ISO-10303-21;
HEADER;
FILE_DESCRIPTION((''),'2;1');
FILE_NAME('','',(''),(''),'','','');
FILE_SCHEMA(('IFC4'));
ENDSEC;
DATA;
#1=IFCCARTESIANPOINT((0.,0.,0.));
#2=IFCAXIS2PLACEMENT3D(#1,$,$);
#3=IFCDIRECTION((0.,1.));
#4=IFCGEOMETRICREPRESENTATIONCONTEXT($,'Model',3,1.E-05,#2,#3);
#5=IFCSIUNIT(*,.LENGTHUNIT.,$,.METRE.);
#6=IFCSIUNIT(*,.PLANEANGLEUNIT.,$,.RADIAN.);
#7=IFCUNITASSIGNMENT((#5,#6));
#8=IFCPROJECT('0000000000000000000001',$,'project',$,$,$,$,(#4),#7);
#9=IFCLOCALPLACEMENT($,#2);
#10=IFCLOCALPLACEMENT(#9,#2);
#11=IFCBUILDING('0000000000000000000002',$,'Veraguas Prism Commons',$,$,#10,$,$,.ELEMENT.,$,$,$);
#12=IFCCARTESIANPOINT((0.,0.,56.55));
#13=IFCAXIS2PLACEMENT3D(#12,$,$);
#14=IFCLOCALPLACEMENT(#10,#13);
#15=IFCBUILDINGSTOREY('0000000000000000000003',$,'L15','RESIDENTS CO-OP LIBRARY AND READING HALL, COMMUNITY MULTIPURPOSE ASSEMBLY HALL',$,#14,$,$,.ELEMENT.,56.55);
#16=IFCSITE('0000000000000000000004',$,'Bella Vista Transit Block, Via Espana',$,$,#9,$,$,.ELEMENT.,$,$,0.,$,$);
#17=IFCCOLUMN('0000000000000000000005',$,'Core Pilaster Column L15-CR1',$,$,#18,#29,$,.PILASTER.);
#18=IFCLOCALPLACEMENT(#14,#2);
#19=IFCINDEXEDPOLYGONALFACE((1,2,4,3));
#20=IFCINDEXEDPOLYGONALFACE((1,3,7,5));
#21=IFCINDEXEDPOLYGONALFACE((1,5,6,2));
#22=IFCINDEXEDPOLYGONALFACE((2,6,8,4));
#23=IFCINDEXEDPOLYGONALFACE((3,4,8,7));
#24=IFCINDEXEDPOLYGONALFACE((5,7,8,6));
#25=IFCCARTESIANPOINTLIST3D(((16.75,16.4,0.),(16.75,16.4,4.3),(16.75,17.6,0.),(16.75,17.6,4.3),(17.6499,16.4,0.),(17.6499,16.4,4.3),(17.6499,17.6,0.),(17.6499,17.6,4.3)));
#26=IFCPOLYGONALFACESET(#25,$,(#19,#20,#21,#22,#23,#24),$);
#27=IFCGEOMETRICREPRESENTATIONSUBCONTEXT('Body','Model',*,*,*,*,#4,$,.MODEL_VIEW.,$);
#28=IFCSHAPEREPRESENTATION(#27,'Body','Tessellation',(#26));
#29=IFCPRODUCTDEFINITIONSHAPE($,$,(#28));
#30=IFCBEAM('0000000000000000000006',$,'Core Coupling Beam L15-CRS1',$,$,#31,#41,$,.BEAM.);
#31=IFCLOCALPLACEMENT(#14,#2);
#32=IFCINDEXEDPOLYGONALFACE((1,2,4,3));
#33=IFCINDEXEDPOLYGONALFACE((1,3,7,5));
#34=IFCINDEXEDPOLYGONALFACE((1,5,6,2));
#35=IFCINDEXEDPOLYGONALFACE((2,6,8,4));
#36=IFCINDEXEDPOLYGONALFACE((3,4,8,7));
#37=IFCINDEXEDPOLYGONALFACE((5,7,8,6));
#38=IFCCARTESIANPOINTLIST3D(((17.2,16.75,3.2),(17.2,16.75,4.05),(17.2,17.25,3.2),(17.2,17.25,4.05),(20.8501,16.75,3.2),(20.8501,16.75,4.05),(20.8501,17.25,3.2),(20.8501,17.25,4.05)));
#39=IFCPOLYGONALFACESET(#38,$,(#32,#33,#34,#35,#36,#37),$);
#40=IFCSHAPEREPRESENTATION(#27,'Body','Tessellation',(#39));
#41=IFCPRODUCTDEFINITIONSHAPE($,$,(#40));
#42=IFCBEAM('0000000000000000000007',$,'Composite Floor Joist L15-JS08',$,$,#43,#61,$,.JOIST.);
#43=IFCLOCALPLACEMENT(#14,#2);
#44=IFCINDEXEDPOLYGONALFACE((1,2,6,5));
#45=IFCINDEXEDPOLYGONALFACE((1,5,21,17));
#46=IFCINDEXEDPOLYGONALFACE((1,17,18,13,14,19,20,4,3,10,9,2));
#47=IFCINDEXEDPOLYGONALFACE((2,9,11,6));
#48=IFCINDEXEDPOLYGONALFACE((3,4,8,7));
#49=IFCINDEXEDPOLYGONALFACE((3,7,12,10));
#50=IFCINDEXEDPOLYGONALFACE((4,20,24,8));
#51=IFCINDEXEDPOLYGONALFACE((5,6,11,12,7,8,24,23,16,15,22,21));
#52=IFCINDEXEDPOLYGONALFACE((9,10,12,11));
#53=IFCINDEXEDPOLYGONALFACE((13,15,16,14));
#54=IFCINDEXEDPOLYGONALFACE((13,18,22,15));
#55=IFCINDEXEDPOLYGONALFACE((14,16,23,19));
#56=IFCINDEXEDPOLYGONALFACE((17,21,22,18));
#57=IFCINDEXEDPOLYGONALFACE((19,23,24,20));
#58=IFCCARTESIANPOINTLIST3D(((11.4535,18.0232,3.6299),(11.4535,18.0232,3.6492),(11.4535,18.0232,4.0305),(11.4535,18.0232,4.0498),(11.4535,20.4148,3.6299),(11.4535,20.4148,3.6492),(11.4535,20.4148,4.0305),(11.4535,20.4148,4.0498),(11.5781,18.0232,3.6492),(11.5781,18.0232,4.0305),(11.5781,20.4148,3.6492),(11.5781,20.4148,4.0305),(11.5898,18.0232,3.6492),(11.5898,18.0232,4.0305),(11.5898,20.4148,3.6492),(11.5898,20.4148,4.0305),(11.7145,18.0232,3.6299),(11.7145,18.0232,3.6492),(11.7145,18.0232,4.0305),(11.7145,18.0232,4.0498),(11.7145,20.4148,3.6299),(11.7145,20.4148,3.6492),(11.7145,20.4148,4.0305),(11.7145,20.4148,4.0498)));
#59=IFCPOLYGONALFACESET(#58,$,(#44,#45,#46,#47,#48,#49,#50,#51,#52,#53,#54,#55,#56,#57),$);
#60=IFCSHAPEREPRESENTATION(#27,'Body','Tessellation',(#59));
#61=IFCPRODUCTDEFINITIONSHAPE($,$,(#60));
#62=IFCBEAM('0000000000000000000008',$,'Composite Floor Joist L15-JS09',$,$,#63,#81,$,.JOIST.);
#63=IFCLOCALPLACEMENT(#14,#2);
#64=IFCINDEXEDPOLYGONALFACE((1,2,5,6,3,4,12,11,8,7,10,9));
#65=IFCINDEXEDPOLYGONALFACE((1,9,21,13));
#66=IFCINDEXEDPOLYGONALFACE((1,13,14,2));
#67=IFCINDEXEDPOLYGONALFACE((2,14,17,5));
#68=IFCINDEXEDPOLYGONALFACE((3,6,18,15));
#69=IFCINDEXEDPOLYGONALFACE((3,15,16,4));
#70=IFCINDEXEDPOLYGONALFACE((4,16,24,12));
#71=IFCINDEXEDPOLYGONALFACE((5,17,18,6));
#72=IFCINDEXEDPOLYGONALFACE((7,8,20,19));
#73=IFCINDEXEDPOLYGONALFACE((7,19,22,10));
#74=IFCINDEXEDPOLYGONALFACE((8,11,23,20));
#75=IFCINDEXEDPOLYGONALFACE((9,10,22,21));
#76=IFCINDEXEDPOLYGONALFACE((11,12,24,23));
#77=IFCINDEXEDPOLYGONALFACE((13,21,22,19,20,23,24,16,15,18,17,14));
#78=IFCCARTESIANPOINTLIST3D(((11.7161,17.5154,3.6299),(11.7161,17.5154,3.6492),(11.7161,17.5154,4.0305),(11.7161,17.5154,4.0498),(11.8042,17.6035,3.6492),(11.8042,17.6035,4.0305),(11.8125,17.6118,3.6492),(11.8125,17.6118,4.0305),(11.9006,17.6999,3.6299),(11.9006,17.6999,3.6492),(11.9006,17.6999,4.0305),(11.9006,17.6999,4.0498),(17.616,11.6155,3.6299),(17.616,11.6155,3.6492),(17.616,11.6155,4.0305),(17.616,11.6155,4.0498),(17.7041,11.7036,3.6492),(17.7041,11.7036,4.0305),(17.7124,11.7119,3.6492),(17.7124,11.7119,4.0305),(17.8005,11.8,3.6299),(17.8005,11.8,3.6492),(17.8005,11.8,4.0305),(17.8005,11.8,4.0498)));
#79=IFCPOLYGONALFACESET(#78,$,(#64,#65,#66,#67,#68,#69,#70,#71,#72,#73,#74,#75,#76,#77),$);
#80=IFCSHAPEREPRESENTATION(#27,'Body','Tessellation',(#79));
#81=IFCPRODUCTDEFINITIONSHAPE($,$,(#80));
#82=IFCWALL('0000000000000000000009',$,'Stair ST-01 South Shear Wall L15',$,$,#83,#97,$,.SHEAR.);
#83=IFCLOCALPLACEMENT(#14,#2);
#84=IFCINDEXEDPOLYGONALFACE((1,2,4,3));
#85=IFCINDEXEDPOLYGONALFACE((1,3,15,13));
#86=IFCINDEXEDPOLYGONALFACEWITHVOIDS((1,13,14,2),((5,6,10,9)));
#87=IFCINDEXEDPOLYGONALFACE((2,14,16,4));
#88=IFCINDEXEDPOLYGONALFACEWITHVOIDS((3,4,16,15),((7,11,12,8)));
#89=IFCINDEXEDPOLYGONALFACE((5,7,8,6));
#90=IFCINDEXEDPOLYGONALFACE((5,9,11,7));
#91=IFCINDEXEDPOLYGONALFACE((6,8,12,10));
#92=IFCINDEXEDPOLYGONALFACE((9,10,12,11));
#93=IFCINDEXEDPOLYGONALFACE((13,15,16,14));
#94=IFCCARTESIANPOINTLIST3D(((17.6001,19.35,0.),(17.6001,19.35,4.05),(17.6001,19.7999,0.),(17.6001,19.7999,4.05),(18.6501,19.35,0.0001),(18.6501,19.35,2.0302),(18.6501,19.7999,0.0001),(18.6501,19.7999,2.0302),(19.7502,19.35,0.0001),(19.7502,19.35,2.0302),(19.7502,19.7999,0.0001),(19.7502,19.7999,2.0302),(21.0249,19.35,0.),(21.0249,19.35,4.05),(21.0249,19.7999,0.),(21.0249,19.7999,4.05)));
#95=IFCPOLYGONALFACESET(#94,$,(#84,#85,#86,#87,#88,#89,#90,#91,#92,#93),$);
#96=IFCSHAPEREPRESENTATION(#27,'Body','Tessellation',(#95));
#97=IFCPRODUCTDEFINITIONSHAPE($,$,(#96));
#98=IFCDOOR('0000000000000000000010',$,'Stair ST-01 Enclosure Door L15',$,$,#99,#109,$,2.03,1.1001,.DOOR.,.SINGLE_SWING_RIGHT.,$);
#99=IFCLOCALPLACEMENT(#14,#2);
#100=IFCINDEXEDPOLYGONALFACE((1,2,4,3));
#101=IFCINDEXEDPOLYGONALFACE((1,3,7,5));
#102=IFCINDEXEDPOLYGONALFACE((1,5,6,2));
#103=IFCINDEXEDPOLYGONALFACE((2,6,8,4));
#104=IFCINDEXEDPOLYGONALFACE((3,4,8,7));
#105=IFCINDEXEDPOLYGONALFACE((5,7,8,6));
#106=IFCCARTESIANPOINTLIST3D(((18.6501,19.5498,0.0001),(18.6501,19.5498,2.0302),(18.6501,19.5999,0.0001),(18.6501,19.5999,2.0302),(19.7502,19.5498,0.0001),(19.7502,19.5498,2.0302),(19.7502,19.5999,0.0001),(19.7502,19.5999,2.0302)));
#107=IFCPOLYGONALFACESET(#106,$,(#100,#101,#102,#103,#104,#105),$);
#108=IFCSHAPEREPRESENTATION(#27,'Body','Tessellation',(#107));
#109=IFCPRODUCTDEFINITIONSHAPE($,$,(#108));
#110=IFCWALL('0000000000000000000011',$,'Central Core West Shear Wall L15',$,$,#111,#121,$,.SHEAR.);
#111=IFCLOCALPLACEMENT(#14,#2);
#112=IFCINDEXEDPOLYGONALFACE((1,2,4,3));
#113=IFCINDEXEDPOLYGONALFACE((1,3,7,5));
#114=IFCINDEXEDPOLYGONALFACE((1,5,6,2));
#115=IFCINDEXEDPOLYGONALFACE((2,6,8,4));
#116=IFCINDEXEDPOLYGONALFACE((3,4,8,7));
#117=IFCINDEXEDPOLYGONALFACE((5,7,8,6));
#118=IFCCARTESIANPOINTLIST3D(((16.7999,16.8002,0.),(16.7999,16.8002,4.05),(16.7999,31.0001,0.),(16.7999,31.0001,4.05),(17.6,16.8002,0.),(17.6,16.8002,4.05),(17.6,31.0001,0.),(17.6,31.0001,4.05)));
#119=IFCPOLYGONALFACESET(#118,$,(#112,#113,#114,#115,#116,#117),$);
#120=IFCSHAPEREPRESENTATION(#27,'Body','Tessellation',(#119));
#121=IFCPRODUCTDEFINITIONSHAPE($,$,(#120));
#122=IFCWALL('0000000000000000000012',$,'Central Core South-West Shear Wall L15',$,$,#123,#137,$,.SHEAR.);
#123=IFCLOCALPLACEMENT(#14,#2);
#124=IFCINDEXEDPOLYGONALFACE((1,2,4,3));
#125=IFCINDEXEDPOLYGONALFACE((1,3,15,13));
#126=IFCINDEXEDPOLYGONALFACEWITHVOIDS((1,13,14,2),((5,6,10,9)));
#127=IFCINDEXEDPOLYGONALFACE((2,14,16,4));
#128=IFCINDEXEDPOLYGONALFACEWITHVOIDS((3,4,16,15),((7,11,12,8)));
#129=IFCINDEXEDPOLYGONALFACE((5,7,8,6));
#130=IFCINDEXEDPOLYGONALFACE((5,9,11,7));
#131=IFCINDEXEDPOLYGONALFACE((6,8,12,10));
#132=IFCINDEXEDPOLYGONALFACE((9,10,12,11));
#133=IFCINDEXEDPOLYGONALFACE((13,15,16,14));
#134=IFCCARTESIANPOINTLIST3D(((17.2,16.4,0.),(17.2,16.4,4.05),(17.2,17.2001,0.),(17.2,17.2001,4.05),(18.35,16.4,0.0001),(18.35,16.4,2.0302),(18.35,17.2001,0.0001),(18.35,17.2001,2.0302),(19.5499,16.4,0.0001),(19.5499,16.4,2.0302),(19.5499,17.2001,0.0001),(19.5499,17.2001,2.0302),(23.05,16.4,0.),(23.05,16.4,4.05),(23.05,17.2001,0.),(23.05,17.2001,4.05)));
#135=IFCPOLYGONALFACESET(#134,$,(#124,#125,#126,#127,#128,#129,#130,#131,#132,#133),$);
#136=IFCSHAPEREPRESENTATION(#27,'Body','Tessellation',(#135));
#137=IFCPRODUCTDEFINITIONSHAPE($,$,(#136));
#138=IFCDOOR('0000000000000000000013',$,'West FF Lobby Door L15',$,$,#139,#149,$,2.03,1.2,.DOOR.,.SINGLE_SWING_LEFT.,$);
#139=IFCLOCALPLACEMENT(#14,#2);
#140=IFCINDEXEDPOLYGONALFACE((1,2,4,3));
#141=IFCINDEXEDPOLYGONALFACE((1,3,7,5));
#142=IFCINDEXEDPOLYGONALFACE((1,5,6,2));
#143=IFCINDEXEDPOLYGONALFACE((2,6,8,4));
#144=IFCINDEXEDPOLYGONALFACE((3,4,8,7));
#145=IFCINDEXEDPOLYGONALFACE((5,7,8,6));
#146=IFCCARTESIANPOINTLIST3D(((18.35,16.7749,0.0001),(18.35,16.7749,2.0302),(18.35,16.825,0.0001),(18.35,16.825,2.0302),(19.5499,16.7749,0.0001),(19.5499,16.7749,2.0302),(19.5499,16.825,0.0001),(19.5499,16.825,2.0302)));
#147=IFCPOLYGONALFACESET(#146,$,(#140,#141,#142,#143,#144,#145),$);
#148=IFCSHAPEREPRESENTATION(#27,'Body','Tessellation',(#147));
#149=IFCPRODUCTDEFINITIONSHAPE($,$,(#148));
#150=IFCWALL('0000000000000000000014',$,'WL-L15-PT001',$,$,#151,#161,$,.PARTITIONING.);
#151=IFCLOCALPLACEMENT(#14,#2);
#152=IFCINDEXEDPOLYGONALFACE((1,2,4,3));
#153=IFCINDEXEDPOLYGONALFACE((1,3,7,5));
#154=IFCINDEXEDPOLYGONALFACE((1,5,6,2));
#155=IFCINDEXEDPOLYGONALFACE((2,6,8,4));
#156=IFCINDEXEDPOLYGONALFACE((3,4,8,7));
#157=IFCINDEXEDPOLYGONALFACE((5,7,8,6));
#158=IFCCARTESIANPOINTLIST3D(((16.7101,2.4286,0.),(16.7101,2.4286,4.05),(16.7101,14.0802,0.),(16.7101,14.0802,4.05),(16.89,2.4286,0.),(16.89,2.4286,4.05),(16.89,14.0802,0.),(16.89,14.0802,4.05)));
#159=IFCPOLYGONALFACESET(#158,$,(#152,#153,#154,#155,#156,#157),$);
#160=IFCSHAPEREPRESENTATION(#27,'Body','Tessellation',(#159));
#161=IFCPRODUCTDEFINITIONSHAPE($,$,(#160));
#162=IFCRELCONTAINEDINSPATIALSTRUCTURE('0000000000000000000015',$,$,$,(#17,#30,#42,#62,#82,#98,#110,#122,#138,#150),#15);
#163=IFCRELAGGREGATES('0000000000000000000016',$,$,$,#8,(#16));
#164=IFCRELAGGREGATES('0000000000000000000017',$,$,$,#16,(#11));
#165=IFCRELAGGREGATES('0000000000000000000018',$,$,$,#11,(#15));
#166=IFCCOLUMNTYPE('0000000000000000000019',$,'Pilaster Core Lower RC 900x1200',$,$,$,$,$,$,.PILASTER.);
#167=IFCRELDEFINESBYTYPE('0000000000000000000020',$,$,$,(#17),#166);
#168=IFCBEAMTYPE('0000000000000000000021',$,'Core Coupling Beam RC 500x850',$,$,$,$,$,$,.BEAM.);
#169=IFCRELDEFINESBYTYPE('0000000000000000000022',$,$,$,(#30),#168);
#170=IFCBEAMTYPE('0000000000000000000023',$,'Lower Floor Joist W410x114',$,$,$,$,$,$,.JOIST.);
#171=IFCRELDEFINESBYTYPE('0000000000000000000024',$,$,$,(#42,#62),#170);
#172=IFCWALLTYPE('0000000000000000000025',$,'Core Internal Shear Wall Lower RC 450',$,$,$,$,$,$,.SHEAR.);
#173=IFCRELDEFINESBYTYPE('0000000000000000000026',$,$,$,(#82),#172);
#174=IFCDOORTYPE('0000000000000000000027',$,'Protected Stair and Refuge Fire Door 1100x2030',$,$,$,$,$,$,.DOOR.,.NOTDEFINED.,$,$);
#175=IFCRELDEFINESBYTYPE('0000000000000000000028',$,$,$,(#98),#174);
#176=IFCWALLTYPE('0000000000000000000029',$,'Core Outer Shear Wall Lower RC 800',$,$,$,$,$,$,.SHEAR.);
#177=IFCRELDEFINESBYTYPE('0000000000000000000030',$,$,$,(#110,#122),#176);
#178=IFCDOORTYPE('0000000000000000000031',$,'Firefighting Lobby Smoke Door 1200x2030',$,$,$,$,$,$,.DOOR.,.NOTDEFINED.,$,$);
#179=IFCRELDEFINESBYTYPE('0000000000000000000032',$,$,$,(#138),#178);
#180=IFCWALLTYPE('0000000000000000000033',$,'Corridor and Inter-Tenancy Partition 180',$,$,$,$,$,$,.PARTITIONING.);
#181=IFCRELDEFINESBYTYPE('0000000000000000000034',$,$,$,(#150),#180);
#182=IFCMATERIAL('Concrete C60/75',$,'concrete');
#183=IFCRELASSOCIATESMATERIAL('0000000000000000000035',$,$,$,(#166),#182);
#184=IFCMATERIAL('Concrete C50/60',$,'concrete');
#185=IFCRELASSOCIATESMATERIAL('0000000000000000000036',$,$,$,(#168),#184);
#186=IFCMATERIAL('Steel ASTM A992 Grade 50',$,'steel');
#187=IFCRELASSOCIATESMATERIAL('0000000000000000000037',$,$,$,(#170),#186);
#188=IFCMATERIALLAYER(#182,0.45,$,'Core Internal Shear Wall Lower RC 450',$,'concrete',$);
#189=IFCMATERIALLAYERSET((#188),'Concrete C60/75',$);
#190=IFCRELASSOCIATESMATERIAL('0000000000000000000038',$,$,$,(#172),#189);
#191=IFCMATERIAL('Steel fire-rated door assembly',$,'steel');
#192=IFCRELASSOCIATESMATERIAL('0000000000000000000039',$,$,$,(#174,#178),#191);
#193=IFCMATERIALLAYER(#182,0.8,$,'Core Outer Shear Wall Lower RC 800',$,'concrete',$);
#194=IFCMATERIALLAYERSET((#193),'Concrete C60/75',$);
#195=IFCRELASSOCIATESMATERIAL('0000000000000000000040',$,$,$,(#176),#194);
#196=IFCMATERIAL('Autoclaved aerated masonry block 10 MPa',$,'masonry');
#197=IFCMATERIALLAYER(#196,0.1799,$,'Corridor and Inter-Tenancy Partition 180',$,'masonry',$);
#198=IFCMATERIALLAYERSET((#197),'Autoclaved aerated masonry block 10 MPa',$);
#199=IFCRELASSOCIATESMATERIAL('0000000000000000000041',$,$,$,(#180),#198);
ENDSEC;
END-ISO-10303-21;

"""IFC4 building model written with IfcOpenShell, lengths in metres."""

from ifc_helpers import new_model, si_unit, direction, frame, frame_2d, origin, origin_2d, place, context, subcontext, project, spatial, rectangle, i_section, extrude, source, transform, mapped, material, layer, layer_set, material_profile, profile_set, type_object, element, fill, save


model = new_model("IFC4")

# Units and contexts
model_context = context("Model", 3, precision=1e-05, world=origin(), true_north=direction((0.0, 1.0)))
body_context = subcontext(model_context, "Body", "Model", "MODEL_VIEW")
ifc_project = project(units=[si_unit("LENGTHUNIT", "METRE"), si_unit("PLANEANGLEUNIT", "RADIAN")], contexts=[model_context])

# Site, building, storey
site_placement = place(None, origin())
site = spatial("IfcSite", under=ifc_project, at=site_placement, Name="Bella Vista Transit Block, Via Espana", CompositionType="ELEMENT", RefElevation=0.0)
building_placement = place(site_placement, origin())
building = spatial("IfcBuilding", under=site, at=building_placement, Name="Veraguas Prism Commons", CompositionType="ELEMENT")
storey_placement = place(building_placement, frame((0.0, 0.0, 56.55)))
storey = spatial("IfcBuildingStorey", under=building, at=storey_placement, Name="L15", Description="RESIDENTS CO-OP LIBRARY AND READING HALL, COMMUNITY MULTIPURPOSE ASSEMBLY HALL", CompositionType="ELEMENT", Elevation=56.55)

# Column
ifc_material_1 = material(Name="Concrete C60/75", Category="concrete")
ifc_material_profile_1 = material_profile(ifc_material_1, rectangle(XDim=0.8999, YDim=1.2, at=origin_2d()), Name="RC900X1200")
ifc_profile_set_1 = profile_set([ifc_material_profile_1], Name="Concrete C60/75")
column_type = type_object("IfcColumnType", Name="Pilaster Core Lower RC 900x1200", PredefinedType="PILASTER", material=ifc_profile_set_1)
column_placement = place(storey_placement, frame((17.2, 17.0, 0.0), z_axis=(0.0, 0.0, 1.0), x_axis=(1.0, 0.0, 0.0)))
element("IfcColumn", 1, at=column_placement, inside=storey, type_object=column_type, Name="Core Pilaster Column L15-CR1", PredefinedType="PILASTER", context=body_context, shape_type="SweptSolid", body=[
    extrude(rectangle(XDim=0.8999, YDim=1.2, at=origin_2d()), origin(), (0.0, 0.0, 1.0), 4.3),
])

# Beams
ifc_material_2 = material(Name="Concrete C50/60", Category="concrete")
ifc_material_profile_2 = material_profile(ifc_material_2, rectangle(XDim=0.5, YDim=0.8501, at=origin_2d()), Name="RC500X850")
ifc_profile_set_2 = profile_set([ifc_material_profile_2], Name="Concrete C50/60")
beam_type_1 = type_object("IfcBeamType", Name="Core Coupling Beam RC 500x850", PredefinedType="BEAM", material=ifc_profile_set_2)
beam_1_placement = place(storey_placement, frame((17.2, 17.0, 3.625), z_axis=(1.0, 0.0, 0.0), x_axis=(0.0, 1.0, 0.0)))
element("IfcBeam", 2, at=beam_1_placement, inside=storey, type_object=beam_type_1, Name="Core Coupling Beam L15-CRS1", PredefinedType="BEAM", context=body_context, shape_type="SweptSolid", body=[
    extrude(rectangle(XDim=0.5, YDim=0.8501, at=origin_2d()), origin(), (0.0, 0.0, 1.0), 3.6501),
])
ifc_material_3 = material(Name="Steel ASTM A992 Grade 50", Category="steel")
ifc_material_profile_3 = material_profile(ifc_material_3, i_section(OverallWidth=0.261, OverallDepth=0.4199, WebThickness=0.0117, FlangeThickness=0.0193, at=origin_2d()), Name="W410X114")
ifc_profile_set_3 = profile_set([ifc_material_profile_3], Name="Steel ASTM A992 Grade 50")
beam_type_2 = type_object("IfcBeamType", Name="Lower Floor Joist W410x114", PredefinedType="JOIST", material=ifc_profile_set_3)
beam_2_placement = place(storey_placement, frame((11.584, 20.4148, 3.8398), z_axis=(0.0, -1.0, 0.0), x_axis=(1.0, 0.0, 0.0)))
element("IfcBeam", 3, at=beam_2_placement, inside=storey, type_object=beam_type_2, Name="Composite Floor Joist L15-JS08", PredefinedType="JOIST", context=body_context, shape_type="SweptSolid", body=[
    extrude(i_section(OverallWidth=0.261, OverallDepth=0.4199, WebThickness=0.0117, FlangeThickness=0.0193, at=origin_2d()), origin(), (0.0, 0.0, 1.0), 2.3916),
])
beam_3_placement = place(storey_placement, frame((11.8083, 17.6077, 3.8398), z_axis=(0.707107, -0.707107, 0.0), x_axis=(0.707107, 0.707107, 0.0)))
element("IfcBeam", 4, at=beam_3_placement, inside=storey, type_object=beam_type_2, Name="Composite Floor Joist L15-JS09", PredefinedType="JOIST", context=body_context, shape_type="SweptSolid", body=[
    extrude(i_section(OverallWidth=0.261, OverallDepth=0.4199, WebThickness=0.0117, FlangeThickness=0.0193, at=origin_2d()), origin(), (0.0, 0.0, 1.0), 8.3438),
])

# Wall, opening, door
ifc_layer_1 = layer(ifc_material_1, 0.45, Name="Core Internal Shear Wall Lower RC 450", Category="concrete")
ifc_layer_set_1 = layer_set([ifc_layer_1], Name="Concrete C60/75")
wall_type_1 = type_object("IfcWallType", Name="Core Internal Shear Wall Lower RC 450", PredefinedType="SHEAR", material=ifc_layer_set_1)
wall_1_placement = place(storey_placement, frame((17.6001, 19.575, 0.0), z_axis=(0.0, 0.0, 1.0), x_axis=(1.0, 0.0, 0.0)))
wall_1 = element("IfcWall", 5, at=wall_1_placement, inside=storey, type_object=wall_type_1, Name="Stair ST-01 South Shear Wall L15", PredefinedType="SHEAR", context=body_context, shape_type="SweptSolid", body=[
    extrude(rectangle(XDim=3.4248, YDim=0.45, at=frame_2d((1.7124, 0.0))), origin(), (0.0, 0.0, 1.0), 4.05),
])
opening_1_placement = place(wall_1_placement, frame((1.05, 0.0, 0.0)))
opening_1 = element("IfcOpeningElement", 6, at=opening_1_placement, cuts=wall_1, PredefinedType="OPENING", context=body_context, shape_type="SweptSolid", body=[
    extrude(rectangle(XDim=1.1001, YDim=2.03, at=frame_2d((0.55, 1.0151))), frame((0.0, 0.2349, 0.0), z_axis=(0.0, -1.0, 0.0), x_axis=(1.0, 0.0, 0.0)), (0.0, 0.0, 1.0), 0.47),
])
ifc_material_4 = material(Name="Steel fire-rated door assembly", Category="steel")
door_type_1 = type_object("IfcDoorType", Name="Protected Stair and Refuge Fire Door 1100x2030", OperationType="NOTDEFINED", PredefinedType="DOOR", material=ifc_material_4)
shared_shape_1 = source(origin(), body_context, "Body", "SweptSolid", [
    extrude(rectangle(XDim=1.1001, YDim=2.03, at=frame_2d((0.55, 1.0151))), frame((0.0, 0.0249, 0.0), z_axis=(0.0, -1.0, 0.0), x_axis=(1.0, 0.0, 0.0)), (0.0, 0.0, 1.0), 0.05),
])
door_1_placement = place(opening_1_placement, origin())
door_1 = element("IfcDoor", 7, at=door_1_placement, inside=storey, type_object=door_type_1, Name="Stair ST-01 Enclosure Door L15", OperationType="SINGLE_SWING_RIGHT", OverallHeight=2.03, OverallWidth=1.1001, PredefinedType="DOOR", context=body_context, shape_type="MappedRepresentation", body=[
    mapped(shared_shape_1, transform((0.0, 0.0, 0.0), scale=1.0)),
])
fill(opening_1, door_1)

# Wall
ifc_layer_2 = layer(ifc_material_1, 0.8, Name="Core Outer Shear Wall Lower RC 800", Category="concrete")
ifc_layer_set_2 = layer_set([ifc_layer_2], Name="Concrete C60/75")
wall_type_2 = type_object("IfcWallType", Name="Core Outer Shear Wall Lower RC 800", PredefinedType="SHEAR", material=ifc_layer_set_2)
wall_2_placement = place(storey_placement, frame((17.2, 16.8, 0.0), z_axis=(0.0, 0.0, 1.0), x_axis=(0.0, 1.0, 0.0)))
element("IfcWall", 8, at=wall_2_placement, inside=storey, type_object=wall_type_2, Name="Central Core West Shear Wall L15", PredefinedType="SHEAR", context=body_context, shape_type="SweptSolid", body=[
    extrude(rectangle(XDim=14.2, YDim=0.8, at=frame_2d((7.1001, 0.0))), origin(), (0.0, 0.0, 1.0), 4.05),
])

# Wall, opening, door
wall_3_placement = place(storey_placement, frame((17.2, 16.8, 0.0), z_axis=(0.0, 0.0, 1.0), x_axis=(1.0, 0.0, 0.0)))
wall_3 = element("IfcWall", 9, at=wall_3_placement, inside=storey, type_object=wall_type_2, Name="Central Core South-West Shear Wall L15", PredefinedType="SHEAR", context=body_context, shape_type="SweptSolid", body=[
    extrude(rectangle(XDim=5.8501, YDim=0.8, at=frame_2d((2.925, 0.0))), origin(), (0.0, 0.0, 1.0), 4.05),
])
opening_2_placement = place(wall_3_placement, frame((1.1499, 0.0, 0.0)))
opening_2 = element("IfcOpeningElement", 10, at=opening_2_placement, cuts=wall_3, PredefinedType="OPENING", context=body_context, shape_type="SweptSolid", body=[
    extrude(rectangle(XDim=1.2, YDim=2.03, at=frame_2d((0.6001, 1.0151))), frame((0.0, 0.4099, 0.0), z_axis=(0.0, -1.0, 0.0), x_axis=(1.0, 0.0, 0.0)), (0.0, 0.0, 1.0), 0.8201),
])
door_type_2 = type_object("IfcDoorType", Name="Firefighting Lobby Smoke Door 1200x2030", OperationType="NOTDEFINED", PredefinedType="DOOR", material=ifc_material_4)
shared_shape_2 = source(origin(), body_context, "Body", "SweptSolid", [
    extrude(rectangle(XDim=1.2, YDim=2.03, at=frame_2d((0.6001, 1.0151))), frame((0.0, 0.0249, 0.0), z_axis=(0.0, -1.0, 0.0), x_axis=(1.0, 0.0, 0.0)), (0.0, 0.0, 1.0), 0.05),
])
door_2_placement = place(opening_2_placement, origin())
door_2 = element("IfcDoor", 11, at=door_2_placement, inside=storey, type_object=door_type_2, Name="West FF Lobby Door L15", OperationType="SINGLE_SWING_LEFT", OverallHeight=2.03, OverallWidth=1.2, PredefinedType="DOOR", context=body_context, shape_type="MappedRepresentation", body=[
    mapped(shared_shape_2, transform((0.0, 0.0, 0.0), scale=1.0)),
])
fill(opening_2, door_2)

# Wall
ifc_material_5 = material(Name="Autoclaved aerated masonry block 10 MPa", Category="masonry")
ifc_layer_3 = layer(ifc_material_5, 0.1799, Name="Corridor and Inter-Tenancy Partition 180", Category="masonry")
ifc_layer_set_3 = layer_set([ifc_layer_3], Name="Autoclaved aerated masonry block 10 MPa")
wall_type_3 = type_object("IfcWallType", Name="Corridor and Inter-Tenancy Partition 180", PredefinedType="PARTITIONING", material=ifc_layer_set_3)
wall_4_placement = place(storey_placement, frame((16.8, 14.0801, 0.0), z_axis=(0.0, 0.0, 1.0), x_axis=(0.0, -1.0, 0.0)))
element("IfcWall", 12, at=wall_4_placement, inside=storey, type_object=wall_type_3, Name="WL-L15-PT001", PredefinedType="PARTITIONING", context=body_context, shape_type="SweptSolid", body=[
    extrude(rectangle(XDim=11.6516, YDim=0.1799, at=frame_2d((5.8257, 0.0))), origin(), (0.0, 0.0, 1.0), 4.05),
])

save(model, "model.ifc")
